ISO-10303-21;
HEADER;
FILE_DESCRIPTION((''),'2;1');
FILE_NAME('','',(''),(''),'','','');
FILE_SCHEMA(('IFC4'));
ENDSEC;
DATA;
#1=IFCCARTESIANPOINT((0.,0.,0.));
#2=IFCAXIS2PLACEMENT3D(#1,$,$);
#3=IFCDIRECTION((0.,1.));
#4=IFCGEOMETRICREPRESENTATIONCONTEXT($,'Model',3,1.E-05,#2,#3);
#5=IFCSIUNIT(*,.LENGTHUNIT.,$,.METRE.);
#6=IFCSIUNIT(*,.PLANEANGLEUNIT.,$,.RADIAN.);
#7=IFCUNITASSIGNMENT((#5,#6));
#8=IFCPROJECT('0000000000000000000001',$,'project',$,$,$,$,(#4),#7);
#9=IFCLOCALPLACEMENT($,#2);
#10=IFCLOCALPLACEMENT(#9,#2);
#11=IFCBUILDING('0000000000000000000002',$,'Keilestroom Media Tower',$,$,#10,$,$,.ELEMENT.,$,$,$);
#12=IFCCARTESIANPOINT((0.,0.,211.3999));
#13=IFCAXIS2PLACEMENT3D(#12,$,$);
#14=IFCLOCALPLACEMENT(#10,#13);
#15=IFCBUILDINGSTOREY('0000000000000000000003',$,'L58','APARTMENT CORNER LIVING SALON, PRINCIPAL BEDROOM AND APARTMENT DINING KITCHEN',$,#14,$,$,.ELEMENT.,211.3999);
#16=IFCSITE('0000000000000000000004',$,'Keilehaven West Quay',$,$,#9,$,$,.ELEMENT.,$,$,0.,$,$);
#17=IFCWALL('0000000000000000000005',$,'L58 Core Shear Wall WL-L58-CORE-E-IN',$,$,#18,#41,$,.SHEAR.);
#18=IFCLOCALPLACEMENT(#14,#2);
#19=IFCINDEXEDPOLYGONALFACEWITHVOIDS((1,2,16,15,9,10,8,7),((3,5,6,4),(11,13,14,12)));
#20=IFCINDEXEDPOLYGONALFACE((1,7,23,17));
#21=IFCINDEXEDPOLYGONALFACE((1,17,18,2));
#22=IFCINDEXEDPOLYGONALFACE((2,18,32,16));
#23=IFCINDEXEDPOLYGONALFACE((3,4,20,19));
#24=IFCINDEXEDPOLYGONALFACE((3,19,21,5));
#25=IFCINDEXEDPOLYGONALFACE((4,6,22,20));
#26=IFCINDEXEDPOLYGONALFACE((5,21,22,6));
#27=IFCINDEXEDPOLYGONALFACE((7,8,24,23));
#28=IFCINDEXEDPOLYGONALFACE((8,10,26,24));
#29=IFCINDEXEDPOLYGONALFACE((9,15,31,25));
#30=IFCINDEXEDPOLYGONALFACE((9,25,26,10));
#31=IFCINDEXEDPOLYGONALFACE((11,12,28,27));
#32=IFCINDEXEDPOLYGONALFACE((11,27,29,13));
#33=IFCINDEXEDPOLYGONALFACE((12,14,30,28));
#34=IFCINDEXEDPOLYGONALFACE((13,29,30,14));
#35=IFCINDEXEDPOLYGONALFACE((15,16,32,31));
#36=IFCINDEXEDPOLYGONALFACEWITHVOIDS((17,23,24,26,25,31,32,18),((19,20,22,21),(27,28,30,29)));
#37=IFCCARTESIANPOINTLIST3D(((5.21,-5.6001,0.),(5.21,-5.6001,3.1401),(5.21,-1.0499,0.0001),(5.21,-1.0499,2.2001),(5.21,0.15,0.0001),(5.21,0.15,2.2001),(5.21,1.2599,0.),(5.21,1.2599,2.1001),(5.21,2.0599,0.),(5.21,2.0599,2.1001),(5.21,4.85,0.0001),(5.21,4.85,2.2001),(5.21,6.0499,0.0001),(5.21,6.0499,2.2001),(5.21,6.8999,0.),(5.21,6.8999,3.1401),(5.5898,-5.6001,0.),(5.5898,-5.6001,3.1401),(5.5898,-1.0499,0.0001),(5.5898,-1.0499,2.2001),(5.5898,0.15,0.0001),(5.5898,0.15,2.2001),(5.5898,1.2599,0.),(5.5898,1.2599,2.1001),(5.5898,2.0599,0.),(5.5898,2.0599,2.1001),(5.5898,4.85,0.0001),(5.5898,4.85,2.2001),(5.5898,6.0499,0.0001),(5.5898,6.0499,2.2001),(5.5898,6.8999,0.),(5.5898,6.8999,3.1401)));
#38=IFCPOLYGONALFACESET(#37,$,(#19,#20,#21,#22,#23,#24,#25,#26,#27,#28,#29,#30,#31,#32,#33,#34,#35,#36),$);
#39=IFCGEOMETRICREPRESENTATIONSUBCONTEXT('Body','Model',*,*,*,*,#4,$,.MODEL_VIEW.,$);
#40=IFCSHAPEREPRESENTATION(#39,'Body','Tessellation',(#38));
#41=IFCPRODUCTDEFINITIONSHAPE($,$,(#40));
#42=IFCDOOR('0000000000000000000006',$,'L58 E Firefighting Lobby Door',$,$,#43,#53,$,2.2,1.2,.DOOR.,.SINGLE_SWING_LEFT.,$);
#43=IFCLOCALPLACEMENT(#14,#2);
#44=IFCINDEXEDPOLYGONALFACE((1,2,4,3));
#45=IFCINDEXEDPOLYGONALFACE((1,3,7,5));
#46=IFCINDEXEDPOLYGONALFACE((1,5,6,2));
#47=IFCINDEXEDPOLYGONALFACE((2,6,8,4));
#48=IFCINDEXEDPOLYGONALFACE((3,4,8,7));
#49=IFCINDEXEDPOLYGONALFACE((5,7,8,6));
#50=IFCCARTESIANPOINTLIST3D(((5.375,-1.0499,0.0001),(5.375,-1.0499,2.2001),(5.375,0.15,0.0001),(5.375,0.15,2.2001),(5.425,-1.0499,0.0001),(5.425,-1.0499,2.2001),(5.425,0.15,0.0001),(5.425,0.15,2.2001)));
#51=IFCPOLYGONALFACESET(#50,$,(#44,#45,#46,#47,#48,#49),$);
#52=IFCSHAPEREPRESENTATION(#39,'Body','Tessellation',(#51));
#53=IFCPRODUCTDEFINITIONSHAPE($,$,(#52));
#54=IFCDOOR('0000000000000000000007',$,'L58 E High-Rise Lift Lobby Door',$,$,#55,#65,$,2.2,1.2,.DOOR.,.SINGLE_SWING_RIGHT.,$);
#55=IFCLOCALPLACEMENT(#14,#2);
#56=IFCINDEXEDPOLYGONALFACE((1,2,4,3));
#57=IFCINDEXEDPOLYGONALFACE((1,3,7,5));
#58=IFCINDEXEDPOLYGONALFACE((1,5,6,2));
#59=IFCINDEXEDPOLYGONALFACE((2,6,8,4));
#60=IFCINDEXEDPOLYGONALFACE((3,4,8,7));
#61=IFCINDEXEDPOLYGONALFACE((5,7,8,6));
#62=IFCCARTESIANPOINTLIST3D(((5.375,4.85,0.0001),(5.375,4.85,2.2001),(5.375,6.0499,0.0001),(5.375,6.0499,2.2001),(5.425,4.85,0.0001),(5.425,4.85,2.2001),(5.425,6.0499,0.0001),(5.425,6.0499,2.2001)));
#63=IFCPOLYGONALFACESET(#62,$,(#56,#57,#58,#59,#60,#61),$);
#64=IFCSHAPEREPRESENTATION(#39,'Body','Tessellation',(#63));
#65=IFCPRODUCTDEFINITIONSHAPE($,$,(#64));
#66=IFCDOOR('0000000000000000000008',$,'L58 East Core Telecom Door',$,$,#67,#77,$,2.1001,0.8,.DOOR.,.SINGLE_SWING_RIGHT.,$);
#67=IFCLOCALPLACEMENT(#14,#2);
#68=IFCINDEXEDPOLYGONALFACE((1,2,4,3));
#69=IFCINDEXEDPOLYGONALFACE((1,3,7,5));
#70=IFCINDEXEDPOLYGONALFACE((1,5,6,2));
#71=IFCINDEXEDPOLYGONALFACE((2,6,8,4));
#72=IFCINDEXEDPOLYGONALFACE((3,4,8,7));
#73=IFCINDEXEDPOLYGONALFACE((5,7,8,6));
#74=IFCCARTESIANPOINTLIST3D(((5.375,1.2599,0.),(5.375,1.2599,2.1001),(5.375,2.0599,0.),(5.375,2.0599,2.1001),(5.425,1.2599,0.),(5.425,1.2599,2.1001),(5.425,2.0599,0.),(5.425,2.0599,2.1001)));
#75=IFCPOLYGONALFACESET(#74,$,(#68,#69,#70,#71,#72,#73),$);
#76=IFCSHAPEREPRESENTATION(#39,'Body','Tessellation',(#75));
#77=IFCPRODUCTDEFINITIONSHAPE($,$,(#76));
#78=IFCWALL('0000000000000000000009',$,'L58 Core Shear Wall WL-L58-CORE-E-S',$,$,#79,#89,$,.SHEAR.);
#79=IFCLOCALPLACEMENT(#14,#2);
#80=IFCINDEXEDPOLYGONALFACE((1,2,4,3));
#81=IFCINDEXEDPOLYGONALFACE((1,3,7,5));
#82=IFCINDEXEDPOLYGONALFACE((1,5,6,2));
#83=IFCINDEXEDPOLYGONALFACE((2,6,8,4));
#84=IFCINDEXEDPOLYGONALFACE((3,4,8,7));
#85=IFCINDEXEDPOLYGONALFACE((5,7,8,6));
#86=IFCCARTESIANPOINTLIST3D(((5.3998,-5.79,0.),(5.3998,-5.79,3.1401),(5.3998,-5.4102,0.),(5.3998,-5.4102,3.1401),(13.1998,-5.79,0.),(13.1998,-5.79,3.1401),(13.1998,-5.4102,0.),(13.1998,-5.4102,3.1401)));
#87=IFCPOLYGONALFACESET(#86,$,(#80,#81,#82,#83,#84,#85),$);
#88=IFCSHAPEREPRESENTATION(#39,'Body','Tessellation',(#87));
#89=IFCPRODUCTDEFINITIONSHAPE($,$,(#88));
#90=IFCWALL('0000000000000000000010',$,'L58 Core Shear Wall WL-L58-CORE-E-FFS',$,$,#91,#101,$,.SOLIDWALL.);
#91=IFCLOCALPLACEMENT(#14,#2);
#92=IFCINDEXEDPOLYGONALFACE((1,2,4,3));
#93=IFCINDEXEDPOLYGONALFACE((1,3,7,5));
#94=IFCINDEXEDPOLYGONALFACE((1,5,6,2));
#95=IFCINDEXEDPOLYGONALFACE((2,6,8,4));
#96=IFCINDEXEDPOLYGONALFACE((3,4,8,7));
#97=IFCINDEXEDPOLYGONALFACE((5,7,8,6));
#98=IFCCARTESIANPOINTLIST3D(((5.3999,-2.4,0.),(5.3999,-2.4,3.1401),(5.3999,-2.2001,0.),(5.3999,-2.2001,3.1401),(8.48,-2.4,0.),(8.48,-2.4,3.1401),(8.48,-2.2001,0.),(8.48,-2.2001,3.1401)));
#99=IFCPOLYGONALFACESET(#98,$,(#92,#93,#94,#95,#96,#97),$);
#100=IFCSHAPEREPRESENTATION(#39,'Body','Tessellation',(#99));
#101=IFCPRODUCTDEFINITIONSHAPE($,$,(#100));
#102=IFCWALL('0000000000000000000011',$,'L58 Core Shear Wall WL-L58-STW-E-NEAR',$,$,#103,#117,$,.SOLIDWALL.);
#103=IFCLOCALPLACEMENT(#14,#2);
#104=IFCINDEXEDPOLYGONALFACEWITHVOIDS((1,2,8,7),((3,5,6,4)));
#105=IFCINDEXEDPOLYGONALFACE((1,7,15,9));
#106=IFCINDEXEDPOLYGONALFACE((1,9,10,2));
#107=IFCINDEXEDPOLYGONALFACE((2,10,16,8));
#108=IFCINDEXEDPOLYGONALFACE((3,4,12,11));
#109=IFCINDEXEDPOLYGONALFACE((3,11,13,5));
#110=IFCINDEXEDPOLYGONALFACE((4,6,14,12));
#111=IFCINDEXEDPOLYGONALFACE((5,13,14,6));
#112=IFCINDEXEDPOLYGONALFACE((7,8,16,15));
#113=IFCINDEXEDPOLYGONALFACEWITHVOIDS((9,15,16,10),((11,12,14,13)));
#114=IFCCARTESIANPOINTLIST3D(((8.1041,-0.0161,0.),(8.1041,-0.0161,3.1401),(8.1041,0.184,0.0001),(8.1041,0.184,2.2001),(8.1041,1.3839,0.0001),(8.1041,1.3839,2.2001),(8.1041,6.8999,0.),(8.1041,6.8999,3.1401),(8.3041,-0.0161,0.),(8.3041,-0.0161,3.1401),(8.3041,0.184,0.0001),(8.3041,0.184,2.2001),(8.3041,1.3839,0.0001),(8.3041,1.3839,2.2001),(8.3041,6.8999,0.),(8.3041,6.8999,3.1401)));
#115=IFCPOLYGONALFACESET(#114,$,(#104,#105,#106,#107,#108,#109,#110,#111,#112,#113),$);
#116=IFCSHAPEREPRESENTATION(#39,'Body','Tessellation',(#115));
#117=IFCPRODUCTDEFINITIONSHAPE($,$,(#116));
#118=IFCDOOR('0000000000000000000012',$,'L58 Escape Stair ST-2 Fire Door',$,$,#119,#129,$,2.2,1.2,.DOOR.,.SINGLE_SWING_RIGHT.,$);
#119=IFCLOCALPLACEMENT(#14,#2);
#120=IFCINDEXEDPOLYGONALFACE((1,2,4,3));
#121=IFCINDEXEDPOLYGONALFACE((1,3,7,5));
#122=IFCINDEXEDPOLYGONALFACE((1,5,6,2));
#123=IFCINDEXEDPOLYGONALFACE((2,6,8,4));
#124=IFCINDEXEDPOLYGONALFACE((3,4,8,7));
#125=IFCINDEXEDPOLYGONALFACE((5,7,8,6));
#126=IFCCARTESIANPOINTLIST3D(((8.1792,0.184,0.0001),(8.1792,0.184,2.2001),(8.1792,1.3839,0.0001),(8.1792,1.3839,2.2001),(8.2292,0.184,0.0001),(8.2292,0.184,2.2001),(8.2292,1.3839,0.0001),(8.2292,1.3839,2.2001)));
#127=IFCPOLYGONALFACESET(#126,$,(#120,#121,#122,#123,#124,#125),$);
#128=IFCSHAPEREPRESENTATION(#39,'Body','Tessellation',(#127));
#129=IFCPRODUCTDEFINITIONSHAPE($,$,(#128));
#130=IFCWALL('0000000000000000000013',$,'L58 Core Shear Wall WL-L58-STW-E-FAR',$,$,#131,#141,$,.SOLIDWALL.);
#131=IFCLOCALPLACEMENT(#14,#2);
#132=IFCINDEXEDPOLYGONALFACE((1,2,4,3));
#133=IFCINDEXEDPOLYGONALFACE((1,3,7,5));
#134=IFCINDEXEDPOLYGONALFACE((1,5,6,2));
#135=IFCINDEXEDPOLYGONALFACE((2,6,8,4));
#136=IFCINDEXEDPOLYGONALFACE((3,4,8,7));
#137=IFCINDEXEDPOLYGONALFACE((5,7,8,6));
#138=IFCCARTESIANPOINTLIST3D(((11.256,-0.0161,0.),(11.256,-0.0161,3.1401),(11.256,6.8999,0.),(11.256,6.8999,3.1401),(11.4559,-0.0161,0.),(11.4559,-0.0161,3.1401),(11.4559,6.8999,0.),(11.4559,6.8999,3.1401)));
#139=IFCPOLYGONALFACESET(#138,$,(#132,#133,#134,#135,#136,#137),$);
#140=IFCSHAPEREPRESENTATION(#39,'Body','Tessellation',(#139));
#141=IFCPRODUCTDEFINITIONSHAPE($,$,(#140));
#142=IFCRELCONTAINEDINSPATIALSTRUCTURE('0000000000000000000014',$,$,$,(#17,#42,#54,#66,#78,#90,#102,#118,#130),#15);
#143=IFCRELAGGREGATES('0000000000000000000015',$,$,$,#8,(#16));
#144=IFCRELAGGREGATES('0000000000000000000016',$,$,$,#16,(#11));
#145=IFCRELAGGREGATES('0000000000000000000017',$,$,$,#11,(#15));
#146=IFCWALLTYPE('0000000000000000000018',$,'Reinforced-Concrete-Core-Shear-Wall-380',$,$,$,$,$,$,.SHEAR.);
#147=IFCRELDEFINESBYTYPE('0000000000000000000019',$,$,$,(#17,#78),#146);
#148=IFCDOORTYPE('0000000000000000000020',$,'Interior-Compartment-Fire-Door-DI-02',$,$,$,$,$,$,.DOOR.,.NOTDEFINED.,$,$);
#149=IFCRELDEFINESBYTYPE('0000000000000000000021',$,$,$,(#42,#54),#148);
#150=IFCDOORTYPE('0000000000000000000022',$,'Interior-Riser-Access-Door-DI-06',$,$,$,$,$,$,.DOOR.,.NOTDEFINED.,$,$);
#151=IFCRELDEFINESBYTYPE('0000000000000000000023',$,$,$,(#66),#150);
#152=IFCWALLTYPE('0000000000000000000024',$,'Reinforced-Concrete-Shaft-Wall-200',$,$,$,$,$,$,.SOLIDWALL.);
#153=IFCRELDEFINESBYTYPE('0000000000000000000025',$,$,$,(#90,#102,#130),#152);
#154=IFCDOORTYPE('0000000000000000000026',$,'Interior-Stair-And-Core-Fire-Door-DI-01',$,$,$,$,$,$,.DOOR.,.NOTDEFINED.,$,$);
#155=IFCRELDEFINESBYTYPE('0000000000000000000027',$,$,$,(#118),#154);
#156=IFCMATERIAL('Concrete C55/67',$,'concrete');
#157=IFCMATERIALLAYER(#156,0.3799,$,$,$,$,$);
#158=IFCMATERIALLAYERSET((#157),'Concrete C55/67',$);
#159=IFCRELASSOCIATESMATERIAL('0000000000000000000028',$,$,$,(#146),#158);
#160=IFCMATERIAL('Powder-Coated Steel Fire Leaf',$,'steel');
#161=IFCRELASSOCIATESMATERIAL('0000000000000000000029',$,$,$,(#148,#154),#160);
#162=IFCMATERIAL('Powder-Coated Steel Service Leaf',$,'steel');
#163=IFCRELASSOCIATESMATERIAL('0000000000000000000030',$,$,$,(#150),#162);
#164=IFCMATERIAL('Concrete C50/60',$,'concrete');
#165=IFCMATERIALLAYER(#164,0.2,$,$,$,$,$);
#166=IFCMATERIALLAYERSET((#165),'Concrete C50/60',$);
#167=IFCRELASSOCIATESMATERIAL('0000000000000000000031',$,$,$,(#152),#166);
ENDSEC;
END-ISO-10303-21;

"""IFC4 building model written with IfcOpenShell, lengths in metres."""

from ifc_helpers import new_model, si_unit, direction, frame, frame_2d, origin, place, context, subcontext, project, spatial, rectangle, extrude, source, transform, mapped, material, layer, layer_set, type_object, element, fill, save


model = new_model("IFC4")

# Units and contexts
model_context = context("Model", 3, precision=1e-05, world=origin(), true_north=direction((0.0, 1.0)))
body_context = subcontext(model_context, "Body", "Model", "MODEL_VIEW")
ifc_project = project(units=[si_unit("LENGTHUNIT", "METRE"), si_unit("PLANEANGLEUNIT", "RADIAN")], contexts=[model_context])

# Site, building, storey
site_placement = place(None, origin())
site = spatial("IfcSite", under=ifc_project, at=site_placement, Name="Keilehaven West Quay", CompositionType="ELEMENT", RefElevation=0.0)
building_placement = place(site_placement, origin())
building = spatial("IfcBuilding", under=site, at=building_placement, Name="Keilestroom Media Tower", CompositionType="ELEMENT")
storey_placement = place(building_placement, frame((0.0, 0.0, 211.3999)))
storey = spatial("IfcBuildingStorey", under=building, at=storey_placement, Name="L58", Description="APARTMENT CORNER LIVING SALON, PRINCIPAL BEDROOM AND APARTMENT DINING KITCHEN", CompositionType="ELEMENT", Elevation=211.3999)

# Shared definitions
ifc_material_1 = material(Name="Concrete C55/67", Category="concrete")

# Shared definitions
ifc_layer_1 = layer(ifc_material_1, 0.3799)
ifc_layer_set_1 = layer_set([ifc_layer_1], Name="Concrete C55/67")
wall_type_1 = type_object("IfcWallType", Name="Reinforced-Concrete-Core-Shear-Wall-380", PredefinedType="SHEAR", material=ifc_layer_set_1)

# Wall, openings, doors
wall_1_placement = place(storey_placement, frame((5.3999, -5.6001, 0.0), z_axis=(0.0, 0.0, 1.0), x_axis=(0.0, 1.0, 0.0)))
wall_1 = element("IfcWall", 1, at=wall_1_placement, inside=storey, type_object=wall_type_1, Name="L58 Core Shear Wall WL-L58-CORE-E-IN", PredefinedType="SHEAR", context=body_context, shape_type="SweptSolid", body=[
    extrude(rectangle(XDim=12.5, YDim=0.3799, at=frame_2d((6.25, 0.0))), origin(), (0.0, 0.0, 1.0), 3.1401),
])
opening_1_placement = place(wall_1_placement, frame((4.55, 0.0, 0.0)))
opening_1 = element("IfcOpeningElement", 2, at=opening_1_placement, cuts=wall_1, PredefinedType="OPENING", context=body_context, shape_type="SweptSolid", body=[
    extrude(rectangle(XDim=1.2, YDim=2.2, at=frame_2d((0.6001, 1.1001))), frame((0.0, 0.2, 0.0), z_axis=(0.0, -1.0, 0.0), x_axis=(1.0, 0.0, 0.0)), (0.0, 0.0, 1.0), 0.3999),
])
opening_2_placement = place(wall_1_placement, frame((10.45, 0.0, 0.0)))
opening_2 = element("IfcOpeningElement", 3, at=opening_2_placement, cuts=wall_1, PredefinedType="OPENING", context=body_context, shape_type="SweptSolid", body=[
    extrude(rectangle(XDim=1.2, YDim=2.2, at=frame_2d((0.6001, 1.1001))), frame((0.0, 0.2, 0.0), z_axis=(0.0, -1.0, 0.0), x_axis=(1.0, 0.0, 0.0)), (0.0, 0.0, 1.0), 0.3999),
])
opening_3_placement = place(wall_1_placement, frame((6.8601, 0.0, 0.0)))
opening_3 = element("IfcOpeningElement", 4, at=opening_3_placement, cuts=wall_1, PredefinedType="OPENING", context=body_context, shape_type="SweptSolid", body=[
    extrude(rectangle(XDim=0.8, YDim=2.1001, at=frame_2d((0.3999, 1.05))), frame((0.0, 0.2, 0.0), z_axis=(0.0, -1.0, 0.0), x_axis=(1.0, 0.0, 0.0)), (0.0, 0.0, 1.0), 0.3999),
])
ifc_material_2 = material(Name="Powder-Coated Steel Fire Leaf", Category="steel")
door_type_1 = type_object("IfcDoorType", Name="Interior-Compartment-Fire-Door-DI-02", OperationType="NOTDEFINED", PredefinedType="DOOR", material=ifc_material_2)
shared_shape_1 = source(origin(), body_context, "Body", "SweptSolid", [
    extrude(rectangle(XDim=1.2, YDim=2.2, at=frame_2d((0.6001, 1.1001))), frame((0.0, 0.0249, 0.0), z_axis=(0.0, -1.0, 0.0), x_axis=(1.0, 0.0, 0.0)), (0.0, 0.0, 1.0), 0.05),
])
door_1_placement = place(opening_1_placement, origin())
door_1 = element("IfcDoor", 5, at=door_1_placement, inside=storey, type_object=door_type_1, Name="L58 E Firefighting Lobby Door", OperationType="SINGLE_SWING_LEFT", OverallHeight=2.2, OverallWidth=1.2, PredefinedType="DOOR", context=body_context, shape_type="MappedRepresentation", body=[
    mapped(shared_shape_1, transform((0.0, 0.0, 0.0), x_axis=(1.0, 0.0, 0.0), y_axis=(0.0, 1.0, 0.0), z_axis=(0.0, 0.0, 1.0), scale=1.0)),
])
fill(opening_1, door_1)
door_2_placement = place(opening_2_placement, origin())
door_2 = element("IfcDoor", 6, at=door_2_placement, inside=storey, type_object=door_type_1, Name="L58 E High-Rise Lift Lobby Door", OperationType="SINGLE_SWING_RIGHT", OverallHeight=2.2, OverallWidth=1.2, PredefinedType="DOOR", context=body_context, shape_type="MappedRepresentation", body=[
    mapped(shared_shape_1, transform((0.0, 0.0, 0.0), x_axis=(1.0, 0.0, 0.0), y_axis=(0.0, 1.0, 0.0), z_axis=(0.0, 0.0, 1.0), scale=1.0)),
])
fill(opening_2, door_2)
ifc_material_3 = material(Name="Powder-Coated Steel Service Leaf", Category="steel")
door_type_2 = type_object("IfcDoorType", Name="Interior-Riser-Access-Door-DI-06", OperationType="NOTDEFINED", PredefinedType="DOOR", material=ifc_material_3)
shared_shape_2 = source(origin(), body_context, "Body", "SweptSolid", [
    extrude(rectangle(XDim=0.8, YDim=2.1001, at=frame_2d((0.3999, 1.05))), frame((0.0, 0.0249, 0.0), z_axis=(0.0, -1.0, 0.0), x_axis=(1.0, 0.0, 0.0)), (0.0, 0.0, 1.0), 0.05),
])
door_3_placement = place(opening_3_placement, origin())
door_3 = element("IfcDoor", 7, at=door_3_placement, inside=storey, type_object=door_type_2, Name="L58 East Core Telecom Door", OperationType="SINGLE_SWING_RIGHT", OverallHeight=2.1001, OverallWidth=0.8, PredefinedType="DOOR", context=body_context, shape_type="MappedRepresentation", body=[
    mapped(shared_shape_2, transform((0.0, 0.0, 0.0), x_axis=(1.0, 0.0, 0.0), y_axis=(0.0, 1.0, 0.0), z_axis=(0.0, 0.0, 1.0), scale=1.0)),
])
fill(opening_3, door_3)

# Walls
wall_2_placement = place(storey_placement, frame((5.3999, -5.6001, 0.0), z_axis=(0.0, 0.0, 1.0), x_axis=(1.0, 0.0, 0.0)))
element("IfcWall", 8, at=wall_2_placement, inside=storey, type_object=wall_type_1, Name="L58 Core Shear Wall WL-L58-CORE-E-S", PredefinedType="SHEAR", context=body_context, shape_type="SweptSolid", body=[
    extrude(rectangle(XDim=7.8, YDim=0.3799, at=frame_2d((3.8999, 0.0))), origin(), (0.0, 0.0, 1.0), 3.1401),
])
ifc_material_4 = material(Name="Concrete C50/60", Category="concrete")
ifc_layer_2 = layer(ifc_material_4, 0.2)
ifc_layer_set_2 = layer_set([ifc_layer_2], Name="Concrete C50/60")
wall_type_2 = type_object("IfcWallType", Name="Reinforced-Concrete-Shaft-Wall-200", PredefinedType="SOLIDWALL", material=ifc_layer_set_2)
wall_3_placement = place(storey_placement, frame((5.3999, -2.3, 0.0), z_axis=(0.0, 0.0, 1.0), x_axis=(1.0, 0.0, 0.0)))
element("IfcWall", 9, at=wall_3_placement, inside=storey, type_object=wall_type_2, Name="L58 Core Shear Wall WL-L58-CORE-E-FFS", PredefinedType="SOLIDWALL", context=body_context, shape_type="SweptSolid", body=[
    extrude(rectangle(XDim=3.0801, YDim=0.2, at=frame_2d((1.54, 0.0))), origin(), (0.0, 0.0, 1.0), 3.1401),
])

# Wall, opening, door
wall_4_placement = place(storey_placement, frame((8.2041, -0.0161, 0.0), z_axis=(0.0, 0.0, 1.0), x_axis=(0.0, 1.0, 0.0)))
wall_4 = element("IfcWall", 10, at=wall_4_placement, inside=storey, type_object=wall_type_2, Name="L58 Core Shear Wall WL-L58-STW-E-NEAR", PredefinedType="SOLIDWALL", context=body_context, shape_type="SweptSolid", body=[
    extrude(rectangle(XDim=6.916, YDim=0.2, at=frame_2d((3.458, 0.0))), origin(), (0.0, 0.0, 1.0), 3.1401),
])
opening_4_placement = place(wall_4_placement, frame((0.2, 0.0, 0.0)))
opening_4 = element("IfcOpeningElement", 11, at=opening_4_placement, cuts=wall_4, PredefinedType="OPENING", context=body_context, shape_type="SweptSolid", body=[
    extrude(rectangle(XDim=1.2, YDim=2.2, at=frame_2d((0.6001, 1.1001))), frame((0.0, 0.1099, 0.0), z_axis=(0.0, -1.0, 0.0), x_axis=(1.0, 0.0, 0.0)), (0.0, 0.0, 1.0), 0.22),
])
door_type_3 = type_object("IfcDoorType", Name="Interior-Stair-And-Core-Fire-Door-DI-01", OperationType="NOTDEFINED", PredefinedType="DOOR", material=ifc_material_2)
door_4_placement = place(opening_4_placement, origin())
door_4 = element("IfcDoor", 12, at=door_4_placement, inside=storey, type_object=door_type_3, Name="L58 Escape Stair ST-2 Fire Door", OperationType="SINGLE_SWING_RIGHT", OverallHeight=2.2, OverallWidth=1.2, PredefinedType="DOOR", context=body_context, shape_type="MappedRepresentation", body=[
    mapped(shared_shape_1, transform((0.0, 0.0, 0.0), x_axis=(1.0, 0.0, 0.0), y_axis=(0.0, 1.0, 0.0), z_axis=(0.0, 0.0, 1.0), scale=1.0)),
])
fill(opening_4, door_4)

# Wall
wall_5_placement = place(storey_placement, frame((11.356, -0.0161, 0.0), z_axis=(0.0, 0.0, 1.0), x_axis=(0.0, 1.0, 0.0)))
element("IfcWall", 13, at=wall_5_placement, inside=storey, type_object=wall_type_2, Name="L58 Core Shear Wall WL-L58-STW-E-FAR", PredefinedType="SOLIDWALL", context=body_context, shape_type="SweptSolid", body=[
    extrude(rectangle(XDim=6.916, YDim=0.2, at=frame_2d((3.458, 0.0))), origin(), (0.0, 0.0, 1.0), 3.1401),
])

save(model, "model.ifc")
